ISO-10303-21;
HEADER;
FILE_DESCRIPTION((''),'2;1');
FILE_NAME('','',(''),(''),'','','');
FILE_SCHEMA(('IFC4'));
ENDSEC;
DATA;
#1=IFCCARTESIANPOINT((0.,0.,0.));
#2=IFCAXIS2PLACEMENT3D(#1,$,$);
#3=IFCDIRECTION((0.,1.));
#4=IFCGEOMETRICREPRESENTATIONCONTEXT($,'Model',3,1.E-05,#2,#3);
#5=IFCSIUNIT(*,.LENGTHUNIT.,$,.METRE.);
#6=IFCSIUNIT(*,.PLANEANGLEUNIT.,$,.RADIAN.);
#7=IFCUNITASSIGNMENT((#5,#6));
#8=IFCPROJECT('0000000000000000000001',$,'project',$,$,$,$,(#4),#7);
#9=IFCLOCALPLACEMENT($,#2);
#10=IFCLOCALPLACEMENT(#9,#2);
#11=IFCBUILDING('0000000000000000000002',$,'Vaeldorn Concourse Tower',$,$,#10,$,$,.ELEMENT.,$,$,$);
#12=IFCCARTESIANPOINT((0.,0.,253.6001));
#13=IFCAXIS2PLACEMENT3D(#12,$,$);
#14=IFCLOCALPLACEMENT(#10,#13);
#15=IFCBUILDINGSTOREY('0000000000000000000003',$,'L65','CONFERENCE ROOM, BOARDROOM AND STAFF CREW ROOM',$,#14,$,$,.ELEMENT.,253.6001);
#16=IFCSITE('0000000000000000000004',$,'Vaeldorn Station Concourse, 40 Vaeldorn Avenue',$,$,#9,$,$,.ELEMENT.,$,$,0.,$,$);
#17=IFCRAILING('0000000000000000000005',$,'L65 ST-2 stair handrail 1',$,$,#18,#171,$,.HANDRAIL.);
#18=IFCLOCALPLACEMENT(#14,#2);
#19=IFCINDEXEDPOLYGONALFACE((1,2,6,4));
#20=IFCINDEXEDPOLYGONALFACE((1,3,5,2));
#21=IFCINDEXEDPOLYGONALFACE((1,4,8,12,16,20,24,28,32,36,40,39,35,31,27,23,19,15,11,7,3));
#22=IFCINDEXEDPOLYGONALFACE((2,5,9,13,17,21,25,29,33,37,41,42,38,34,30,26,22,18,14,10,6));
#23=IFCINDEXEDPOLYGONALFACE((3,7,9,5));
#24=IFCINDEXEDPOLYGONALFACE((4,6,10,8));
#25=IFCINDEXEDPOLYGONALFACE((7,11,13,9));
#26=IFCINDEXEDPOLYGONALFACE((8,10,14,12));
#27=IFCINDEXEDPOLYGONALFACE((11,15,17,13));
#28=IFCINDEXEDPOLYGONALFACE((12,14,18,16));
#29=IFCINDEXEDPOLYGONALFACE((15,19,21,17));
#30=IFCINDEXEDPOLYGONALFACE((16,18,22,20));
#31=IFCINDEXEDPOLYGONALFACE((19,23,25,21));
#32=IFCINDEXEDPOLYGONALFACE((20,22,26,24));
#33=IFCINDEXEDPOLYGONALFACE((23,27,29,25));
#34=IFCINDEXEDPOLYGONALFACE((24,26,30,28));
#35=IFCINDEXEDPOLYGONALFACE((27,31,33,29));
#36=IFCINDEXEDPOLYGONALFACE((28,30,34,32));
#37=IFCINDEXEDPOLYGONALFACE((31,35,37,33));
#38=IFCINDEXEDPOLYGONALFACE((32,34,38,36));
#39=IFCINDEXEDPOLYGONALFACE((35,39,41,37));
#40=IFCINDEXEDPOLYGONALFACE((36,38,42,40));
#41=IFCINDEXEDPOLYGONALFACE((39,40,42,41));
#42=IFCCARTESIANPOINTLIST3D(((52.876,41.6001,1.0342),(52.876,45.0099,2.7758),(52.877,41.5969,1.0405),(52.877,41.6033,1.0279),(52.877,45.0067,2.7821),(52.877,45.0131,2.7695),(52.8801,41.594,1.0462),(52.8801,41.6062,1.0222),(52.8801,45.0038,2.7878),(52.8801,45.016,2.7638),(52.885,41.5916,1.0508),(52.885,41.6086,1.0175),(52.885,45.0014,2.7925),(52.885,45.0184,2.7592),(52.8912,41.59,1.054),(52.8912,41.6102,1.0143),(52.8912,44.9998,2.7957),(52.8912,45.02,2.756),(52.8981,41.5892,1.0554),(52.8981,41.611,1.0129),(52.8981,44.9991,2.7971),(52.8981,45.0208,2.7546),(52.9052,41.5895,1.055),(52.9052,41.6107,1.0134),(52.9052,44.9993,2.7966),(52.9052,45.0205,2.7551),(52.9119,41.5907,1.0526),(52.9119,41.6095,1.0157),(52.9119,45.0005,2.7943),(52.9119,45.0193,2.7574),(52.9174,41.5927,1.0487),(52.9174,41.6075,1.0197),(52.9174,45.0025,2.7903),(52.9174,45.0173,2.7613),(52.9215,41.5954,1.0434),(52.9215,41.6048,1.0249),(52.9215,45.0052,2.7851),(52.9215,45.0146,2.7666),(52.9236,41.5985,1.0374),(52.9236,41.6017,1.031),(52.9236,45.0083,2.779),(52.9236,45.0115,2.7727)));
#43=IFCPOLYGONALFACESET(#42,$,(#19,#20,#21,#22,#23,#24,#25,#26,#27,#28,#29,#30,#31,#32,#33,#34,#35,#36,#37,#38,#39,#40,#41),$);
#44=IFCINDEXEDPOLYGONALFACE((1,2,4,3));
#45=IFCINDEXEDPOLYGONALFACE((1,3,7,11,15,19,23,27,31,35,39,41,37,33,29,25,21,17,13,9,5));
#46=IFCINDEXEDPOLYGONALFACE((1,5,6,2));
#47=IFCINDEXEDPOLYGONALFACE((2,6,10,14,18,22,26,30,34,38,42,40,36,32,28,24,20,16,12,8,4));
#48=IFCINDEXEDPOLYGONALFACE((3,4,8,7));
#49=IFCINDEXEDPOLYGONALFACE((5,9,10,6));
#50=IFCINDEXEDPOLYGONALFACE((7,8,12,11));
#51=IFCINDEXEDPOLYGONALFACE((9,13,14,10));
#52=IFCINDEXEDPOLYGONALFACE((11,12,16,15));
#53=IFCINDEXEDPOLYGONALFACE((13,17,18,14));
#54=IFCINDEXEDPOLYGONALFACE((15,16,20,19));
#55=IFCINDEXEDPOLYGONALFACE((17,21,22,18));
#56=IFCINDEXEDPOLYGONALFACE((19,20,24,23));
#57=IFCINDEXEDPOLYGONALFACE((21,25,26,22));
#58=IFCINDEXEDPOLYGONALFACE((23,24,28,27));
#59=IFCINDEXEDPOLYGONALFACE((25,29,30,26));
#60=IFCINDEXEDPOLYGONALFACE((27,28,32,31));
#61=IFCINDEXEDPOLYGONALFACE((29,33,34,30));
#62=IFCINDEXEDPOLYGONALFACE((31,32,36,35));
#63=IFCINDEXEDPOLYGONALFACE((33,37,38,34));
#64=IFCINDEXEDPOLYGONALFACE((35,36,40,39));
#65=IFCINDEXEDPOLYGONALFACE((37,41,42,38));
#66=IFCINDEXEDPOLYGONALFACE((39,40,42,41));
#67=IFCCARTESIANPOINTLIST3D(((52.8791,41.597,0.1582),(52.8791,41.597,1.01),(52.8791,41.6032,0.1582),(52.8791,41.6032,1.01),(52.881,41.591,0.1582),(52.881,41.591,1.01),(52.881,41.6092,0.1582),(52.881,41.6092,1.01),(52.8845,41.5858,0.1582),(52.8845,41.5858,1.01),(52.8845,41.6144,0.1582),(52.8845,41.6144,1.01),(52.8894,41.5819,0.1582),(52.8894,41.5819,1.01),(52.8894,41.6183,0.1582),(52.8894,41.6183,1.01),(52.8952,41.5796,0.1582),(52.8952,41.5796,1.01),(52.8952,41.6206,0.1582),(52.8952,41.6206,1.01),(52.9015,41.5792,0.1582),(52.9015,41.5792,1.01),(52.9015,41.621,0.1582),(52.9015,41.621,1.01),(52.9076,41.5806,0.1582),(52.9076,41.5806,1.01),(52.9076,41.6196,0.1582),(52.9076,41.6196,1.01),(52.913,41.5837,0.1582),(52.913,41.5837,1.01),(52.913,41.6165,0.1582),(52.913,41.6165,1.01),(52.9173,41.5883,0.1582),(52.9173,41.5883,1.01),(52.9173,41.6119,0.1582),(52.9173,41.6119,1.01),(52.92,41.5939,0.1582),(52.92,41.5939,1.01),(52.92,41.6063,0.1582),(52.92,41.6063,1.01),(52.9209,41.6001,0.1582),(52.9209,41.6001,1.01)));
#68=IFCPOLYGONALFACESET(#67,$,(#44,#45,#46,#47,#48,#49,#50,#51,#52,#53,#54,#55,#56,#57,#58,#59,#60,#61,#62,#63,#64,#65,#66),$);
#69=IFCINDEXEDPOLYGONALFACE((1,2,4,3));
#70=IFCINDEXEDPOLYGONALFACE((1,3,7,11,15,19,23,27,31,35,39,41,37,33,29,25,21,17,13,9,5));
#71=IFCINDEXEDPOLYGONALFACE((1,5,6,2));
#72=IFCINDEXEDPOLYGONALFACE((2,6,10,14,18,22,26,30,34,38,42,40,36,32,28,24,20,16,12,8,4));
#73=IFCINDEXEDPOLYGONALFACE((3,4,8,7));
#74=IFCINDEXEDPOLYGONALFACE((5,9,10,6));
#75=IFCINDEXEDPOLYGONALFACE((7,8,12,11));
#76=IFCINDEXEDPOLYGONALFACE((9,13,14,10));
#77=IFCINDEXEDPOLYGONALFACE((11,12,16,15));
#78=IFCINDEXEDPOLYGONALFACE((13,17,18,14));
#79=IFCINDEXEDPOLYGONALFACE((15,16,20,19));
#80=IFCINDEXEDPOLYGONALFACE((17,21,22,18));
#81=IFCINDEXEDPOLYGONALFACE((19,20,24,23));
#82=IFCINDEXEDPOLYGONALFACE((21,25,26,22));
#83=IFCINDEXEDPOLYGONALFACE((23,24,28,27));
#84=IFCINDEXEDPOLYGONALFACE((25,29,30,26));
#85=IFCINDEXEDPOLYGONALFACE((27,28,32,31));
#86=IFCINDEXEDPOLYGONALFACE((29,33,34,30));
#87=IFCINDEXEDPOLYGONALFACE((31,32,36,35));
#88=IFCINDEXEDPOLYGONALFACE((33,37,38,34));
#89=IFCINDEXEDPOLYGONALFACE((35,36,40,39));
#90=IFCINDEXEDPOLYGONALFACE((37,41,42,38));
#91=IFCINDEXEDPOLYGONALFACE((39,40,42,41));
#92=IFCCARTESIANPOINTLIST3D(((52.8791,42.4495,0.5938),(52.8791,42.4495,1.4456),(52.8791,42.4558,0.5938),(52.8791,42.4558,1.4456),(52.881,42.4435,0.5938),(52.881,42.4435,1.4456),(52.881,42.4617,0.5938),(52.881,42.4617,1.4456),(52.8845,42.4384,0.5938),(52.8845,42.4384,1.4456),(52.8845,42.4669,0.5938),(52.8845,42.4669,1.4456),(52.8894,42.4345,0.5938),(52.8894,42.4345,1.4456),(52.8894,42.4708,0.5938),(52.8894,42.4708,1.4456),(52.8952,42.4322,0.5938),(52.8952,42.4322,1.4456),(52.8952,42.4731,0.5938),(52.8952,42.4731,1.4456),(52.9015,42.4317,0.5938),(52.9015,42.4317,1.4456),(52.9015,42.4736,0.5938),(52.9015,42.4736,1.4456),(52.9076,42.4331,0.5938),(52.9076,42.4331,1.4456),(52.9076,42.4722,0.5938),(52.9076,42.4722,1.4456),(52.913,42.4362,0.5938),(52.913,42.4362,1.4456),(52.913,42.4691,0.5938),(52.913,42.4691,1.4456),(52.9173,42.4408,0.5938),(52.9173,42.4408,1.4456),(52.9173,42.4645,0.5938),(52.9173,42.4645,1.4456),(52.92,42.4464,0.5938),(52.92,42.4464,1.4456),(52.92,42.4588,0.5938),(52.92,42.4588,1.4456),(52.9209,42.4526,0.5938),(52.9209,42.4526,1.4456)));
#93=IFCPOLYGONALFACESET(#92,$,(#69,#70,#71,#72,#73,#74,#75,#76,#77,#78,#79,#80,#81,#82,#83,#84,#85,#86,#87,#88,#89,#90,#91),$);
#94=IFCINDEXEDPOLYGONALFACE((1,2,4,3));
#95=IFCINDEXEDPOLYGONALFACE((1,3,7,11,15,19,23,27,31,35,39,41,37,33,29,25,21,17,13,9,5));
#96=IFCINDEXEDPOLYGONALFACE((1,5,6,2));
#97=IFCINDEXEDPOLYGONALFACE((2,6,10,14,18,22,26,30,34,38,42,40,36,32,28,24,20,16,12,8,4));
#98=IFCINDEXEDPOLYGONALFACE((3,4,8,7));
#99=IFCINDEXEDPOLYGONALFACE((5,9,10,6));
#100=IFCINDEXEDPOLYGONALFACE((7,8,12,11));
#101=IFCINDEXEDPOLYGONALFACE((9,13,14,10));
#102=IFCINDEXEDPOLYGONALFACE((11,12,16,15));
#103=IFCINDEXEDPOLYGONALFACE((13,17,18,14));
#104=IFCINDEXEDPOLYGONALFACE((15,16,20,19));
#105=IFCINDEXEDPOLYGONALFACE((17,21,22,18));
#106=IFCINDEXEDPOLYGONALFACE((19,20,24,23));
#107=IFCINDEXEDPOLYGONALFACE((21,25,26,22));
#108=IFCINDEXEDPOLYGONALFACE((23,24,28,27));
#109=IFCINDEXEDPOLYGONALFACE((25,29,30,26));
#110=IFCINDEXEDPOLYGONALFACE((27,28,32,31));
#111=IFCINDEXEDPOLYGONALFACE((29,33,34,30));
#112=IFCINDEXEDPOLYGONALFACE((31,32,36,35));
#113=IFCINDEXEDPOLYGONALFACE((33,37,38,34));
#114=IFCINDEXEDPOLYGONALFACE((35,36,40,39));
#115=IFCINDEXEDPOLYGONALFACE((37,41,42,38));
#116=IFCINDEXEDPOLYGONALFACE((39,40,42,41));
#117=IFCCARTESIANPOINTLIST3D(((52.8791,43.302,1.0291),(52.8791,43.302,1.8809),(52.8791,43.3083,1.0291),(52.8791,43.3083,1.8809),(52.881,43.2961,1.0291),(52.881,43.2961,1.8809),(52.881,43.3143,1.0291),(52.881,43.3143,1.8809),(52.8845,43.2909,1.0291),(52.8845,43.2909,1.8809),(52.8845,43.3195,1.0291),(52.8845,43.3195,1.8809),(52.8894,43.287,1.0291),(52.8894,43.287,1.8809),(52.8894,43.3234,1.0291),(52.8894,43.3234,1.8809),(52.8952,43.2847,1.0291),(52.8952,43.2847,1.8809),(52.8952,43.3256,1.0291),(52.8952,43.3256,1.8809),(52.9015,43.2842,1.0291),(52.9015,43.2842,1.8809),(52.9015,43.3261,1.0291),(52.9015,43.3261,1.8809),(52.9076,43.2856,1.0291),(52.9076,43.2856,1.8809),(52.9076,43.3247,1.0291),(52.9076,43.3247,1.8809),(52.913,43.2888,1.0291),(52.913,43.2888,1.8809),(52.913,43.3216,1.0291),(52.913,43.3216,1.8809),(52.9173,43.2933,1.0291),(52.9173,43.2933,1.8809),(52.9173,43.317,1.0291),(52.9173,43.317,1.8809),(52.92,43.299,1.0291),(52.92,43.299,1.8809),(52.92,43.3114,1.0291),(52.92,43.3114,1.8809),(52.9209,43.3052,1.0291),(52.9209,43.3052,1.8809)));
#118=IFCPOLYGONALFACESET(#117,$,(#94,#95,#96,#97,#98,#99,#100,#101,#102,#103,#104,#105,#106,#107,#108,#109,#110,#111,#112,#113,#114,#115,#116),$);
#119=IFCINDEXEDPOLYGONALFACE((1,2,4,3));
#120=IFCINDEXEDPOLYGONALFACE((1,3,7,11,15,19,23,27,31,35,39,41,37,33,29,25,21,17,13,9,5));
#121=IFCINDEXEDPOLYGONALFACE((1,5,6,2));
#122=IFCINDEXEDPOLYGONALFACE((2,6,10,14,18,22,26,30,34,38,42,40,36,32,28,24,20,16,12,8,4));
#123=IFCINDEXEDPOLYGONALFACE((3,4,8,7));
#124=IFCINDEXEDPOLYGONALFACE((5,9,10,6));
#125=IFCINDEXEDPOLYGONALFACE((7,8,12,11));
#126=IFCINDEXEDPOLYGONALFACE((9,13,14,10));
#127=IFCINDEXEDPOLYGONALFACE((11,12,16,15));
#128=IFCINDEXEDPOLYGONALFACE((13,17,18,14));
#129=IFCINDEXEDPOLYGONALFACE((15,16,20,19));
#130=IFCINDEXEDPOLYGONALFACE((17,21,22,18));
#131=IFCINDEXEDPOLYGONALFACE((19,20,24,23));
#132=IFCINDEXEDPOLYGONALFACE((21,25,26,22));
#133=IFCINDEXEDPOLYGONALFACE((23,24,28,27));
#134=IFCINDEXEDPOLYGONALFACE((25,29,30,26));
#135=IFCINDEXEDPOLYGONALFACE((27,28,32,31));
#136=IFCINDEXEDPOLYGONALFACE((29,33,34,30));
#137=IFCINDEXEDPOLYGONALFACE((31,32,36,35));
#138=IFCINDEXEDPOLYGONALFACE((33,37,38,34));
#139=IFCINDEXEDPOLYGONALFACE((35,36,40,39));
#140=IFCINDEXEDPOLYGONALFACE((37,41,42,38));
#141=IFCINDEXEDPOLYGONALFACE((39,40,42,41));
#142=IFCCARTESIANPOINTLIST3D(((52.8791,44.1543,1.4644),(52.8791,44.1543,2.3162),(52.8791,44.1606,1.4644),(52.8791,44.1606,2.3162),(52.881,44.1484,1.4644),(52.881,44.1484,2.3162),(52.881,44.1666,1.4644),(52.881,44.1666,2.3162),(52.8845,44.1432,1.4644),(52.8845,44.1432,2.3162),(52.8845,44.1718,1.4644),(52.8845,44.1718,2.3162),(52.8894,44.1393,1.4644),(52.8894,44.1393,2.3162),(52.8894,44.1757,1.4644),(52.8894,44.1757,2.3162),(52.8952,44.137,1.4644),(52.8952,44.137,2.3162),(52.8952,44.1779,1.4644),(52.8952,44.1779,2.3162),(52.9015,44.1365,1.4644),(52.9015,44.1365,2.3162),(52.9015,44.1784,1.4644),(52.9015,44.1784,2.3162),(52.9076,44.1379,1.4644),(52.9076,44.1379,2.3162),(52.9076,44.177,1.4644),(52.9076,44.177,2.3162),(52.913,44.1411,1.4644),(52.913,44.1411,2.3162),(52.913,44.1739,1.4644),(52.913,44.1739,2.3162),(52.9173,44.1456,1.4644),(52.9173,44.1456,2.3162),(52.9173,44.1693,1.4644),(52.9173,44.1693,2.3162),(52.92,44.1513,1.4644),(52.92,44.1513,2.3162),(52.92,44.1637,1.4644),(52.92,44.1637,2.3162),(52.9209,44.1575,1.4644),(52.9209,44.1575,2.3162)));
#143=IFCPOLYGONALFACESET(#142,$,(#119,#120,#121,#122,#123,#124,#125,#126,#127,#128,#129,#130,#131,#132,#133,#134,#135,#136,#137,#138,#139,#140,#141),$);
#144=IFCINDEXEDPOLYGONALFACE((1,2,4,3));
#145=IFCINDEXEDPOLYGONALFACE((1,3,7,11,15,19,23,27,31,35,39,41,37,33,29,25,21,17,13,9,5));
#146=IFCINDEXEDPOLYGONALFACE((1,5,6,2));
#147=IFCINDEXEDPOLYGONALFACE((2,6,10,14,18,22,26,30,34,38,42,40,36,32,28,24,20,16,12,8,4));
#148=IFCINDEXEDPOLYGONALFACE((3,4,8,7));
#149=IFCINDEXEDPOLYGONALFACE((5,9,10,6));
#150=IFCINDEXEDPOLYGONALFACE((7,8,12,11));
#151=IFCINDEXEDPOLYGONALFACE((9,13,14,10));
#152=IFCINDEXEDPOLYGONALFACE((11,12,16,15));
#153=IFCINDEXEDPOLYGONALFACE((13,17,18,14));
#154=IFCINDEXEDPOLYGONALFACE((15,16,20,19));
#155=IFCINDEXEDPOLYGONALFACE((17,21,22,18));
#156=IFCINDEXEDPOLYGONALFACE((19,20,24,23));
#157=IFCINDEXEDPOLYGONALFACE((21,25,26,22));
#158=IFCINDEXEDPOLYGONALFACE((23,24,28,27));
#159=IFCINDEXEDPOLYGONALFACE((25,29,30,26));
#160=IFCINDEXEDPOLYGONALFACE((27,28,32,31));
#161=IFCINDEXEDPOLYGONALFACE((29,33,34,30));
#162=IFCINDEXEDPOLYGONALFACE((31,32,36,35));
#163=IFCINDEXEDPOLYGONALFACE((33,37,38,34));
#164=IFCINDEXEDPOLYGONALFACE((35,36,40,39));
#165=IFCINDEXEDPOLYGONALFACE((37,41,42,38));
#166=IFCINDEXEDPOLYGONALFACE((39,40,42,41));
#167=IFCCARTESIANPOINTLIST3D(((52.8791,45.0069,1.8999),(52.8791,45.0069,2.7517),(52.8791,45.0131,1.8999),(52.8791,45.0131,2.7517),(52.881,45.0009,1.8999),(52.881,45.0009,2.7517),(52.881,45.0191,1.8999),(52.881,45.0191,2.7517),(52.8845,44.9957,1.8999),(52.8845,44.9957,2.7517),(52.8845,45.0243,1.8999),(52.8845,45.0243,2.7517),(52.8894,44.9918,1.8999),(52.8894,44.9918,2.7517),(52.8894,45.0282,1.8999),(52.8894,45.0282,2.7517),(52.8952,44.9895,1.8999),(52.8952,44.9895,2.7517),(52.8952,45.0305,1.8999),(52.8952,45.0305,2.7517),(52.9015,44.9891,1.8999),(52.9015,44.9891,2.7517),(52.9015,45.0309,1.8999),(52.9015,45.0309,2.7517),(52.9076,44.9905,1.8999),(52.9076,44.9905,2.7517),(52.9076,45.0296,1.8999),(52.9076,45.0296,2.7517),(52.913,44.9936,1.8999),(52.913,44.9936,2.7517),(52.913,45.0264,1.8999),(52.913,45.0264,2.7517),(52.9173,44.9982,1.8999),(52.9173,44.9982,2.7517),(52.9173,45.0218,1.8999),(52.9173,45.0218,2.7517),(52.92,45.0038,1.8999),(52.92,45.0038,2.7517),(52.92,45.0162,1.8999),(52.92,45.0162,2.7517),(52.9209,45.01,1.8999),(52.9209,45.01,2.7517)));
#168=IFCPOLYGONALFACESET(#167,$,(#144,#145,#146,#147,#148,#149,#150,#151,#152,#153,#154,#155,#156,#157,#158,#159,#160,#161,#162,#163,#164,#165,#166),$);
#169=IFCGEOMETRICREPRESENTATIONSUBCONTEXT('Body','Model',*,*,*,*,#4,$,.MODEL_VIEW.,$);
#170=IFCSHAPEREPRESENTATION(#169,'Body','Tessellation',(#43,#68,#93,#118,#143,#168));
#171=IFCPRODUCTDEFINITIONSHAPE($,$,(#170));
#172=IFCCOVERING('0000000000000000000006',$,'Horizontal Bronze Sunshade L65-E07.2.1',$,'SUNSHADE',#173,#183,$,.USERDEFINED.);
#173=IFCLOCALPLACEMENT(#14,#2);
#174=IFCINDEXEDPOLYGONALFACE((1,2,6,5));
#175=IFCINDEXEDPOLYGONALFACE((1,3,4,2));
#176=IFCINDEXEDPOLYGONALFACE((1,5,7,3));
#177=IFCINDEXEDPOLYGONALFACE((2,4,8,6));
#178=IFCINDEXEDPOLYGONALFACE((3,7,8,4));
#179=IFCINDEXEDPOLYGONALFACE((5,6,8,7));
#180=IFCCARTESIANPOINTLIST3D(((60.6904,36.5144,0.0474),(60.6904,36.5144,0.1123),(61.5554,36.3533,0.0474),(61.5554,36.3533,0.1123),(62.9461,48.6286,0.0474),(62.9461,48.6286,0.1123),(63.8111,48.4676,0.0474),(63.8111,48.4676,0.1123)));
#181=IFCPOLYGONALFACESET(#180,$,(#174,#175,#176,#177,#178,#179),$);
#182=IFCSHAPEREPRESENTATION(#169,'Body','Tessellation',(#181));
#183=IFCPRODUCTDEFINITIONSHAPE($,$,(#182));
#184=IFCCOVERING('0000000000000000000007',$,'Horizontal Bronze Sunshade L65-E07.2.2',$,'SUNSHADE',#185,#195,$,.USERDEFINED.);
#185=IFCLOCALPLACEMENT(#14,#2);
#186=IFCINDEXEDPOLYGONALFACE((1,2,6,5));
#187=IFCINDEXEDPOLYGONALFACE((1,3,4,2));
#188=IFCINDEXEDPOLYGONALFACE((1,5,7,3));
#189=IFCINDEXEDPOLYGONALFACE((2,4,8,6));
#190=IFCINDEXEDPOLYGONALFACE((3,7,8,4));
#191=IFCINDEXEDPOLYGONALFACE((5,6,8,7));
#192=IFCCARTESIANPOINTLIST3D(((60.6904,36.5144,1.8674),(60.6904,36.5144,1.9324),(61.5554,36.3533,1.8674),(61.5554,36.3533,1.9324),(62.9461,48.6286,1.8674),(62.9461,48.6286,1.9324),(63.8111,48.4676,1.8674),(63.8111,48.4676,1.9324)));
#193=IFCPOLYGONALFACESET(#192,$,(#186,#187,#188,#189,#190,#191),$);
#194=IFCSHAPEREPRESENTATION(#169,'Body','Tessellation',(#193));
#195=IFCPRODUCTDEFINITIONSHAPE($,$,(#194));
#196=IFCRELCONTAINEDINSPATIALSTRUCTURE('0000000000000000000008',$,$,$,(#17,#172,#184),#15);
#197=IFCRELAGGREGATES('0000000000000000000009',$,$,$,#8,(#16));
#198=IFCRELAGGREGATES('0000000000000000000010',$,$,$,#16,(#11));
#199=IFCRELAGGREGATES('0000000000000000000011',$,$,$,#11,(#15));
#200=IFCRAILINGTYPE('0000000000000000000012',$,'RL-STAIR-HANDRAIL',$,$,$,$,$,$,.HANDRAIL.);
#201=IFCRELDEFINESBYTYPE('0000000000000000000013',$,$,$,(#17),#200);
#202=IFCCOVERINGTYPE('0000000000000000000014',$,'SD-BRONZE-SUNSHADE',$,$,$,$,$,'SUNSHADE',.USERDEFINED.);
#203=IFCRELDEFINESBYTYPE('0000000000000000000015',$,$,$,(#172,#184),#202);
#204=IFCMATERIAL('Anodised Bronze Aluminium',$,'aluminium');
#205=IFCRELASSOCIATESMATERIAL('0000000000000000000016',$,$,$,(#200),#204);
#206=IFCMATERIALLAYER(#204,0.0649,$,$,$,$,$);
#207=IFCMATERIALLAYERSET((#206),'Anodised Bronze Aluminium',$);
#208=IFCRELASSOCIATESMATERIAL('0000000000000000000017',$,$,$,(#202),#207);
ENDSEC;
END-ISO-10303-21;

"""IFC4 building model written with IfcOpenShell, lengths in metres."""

from ifc_helpers import new_model, si_unit, direction, frame, origin, origin_2d, place, context, subcontext, project, spatial, rectangle, circle, extrude, source, transform, mapped, material, layer, layer_set, type_object, element, save


model = new_model("IFC4")

# Units and contexts
model_context = context("Model", 3, precision=1e-05, world=origin(), true_north=direction((0.0, 1.0)))
body_context = subcontext(model_context, "Body", "Model", "MODEL_VIEW")
ifc_project = project(units=[si_unit("LENGTHUNIT", "METRE"), si_unit("PLANEANGLEUNIT", "RADIAN")], contexts=[model_context])

# Site, building, storey
site_placement = place(None, origin())
site = spatial("IfcSite", under=ifc_project, at=site_placement, Name="Vaeldorn Station Concourse, 40 Vaeldorn Avenue", CompositionType="ELEMENT", RefElevation=0.0)
building_placement = place(site_placement, origin())
building = spatial("IfcBuilding", under=site, at=building_placement, Name="Vaeldorn Concourse Tower", CompositionType="ELEMENT")
storey_placement = place(building_placement, frame((0.0, 0.0, 253.6001)))
storey = spatial("IfcBuildingStorey", under=building, at=storey_placement, Name="L65", Description="CONFERENCE ROOM, BOARDROOM AND STAFF CREW ROOM", CompositionType="ELEMENT", Elevation=253.6001)

# Shared definitions
ifc_material_1 = material(Name="Anodised Bronze Aluminium", Category="aluminium")

# Railing
railing_type_1 = type_object("IfcRailingType", Name="RL-STAIR-HANDRAIL", PredefinedType="HANDRAIL", material=ifc_material_1)
railing_1_placement = place(storey_placement, frame((52.8999, 41.6001, 0.1582)))
element("IfcRailing", 1, at=railing_1_placement, inside=storey, type_object=railing_type_1, Name="L65 ST-2 stair handrail 1", PredefinedType="HANDRAIL", context=body_context, shape_type="SweptSolid", body=[
    extrude(circle(Radius=0.0239, at=origin_2d()), frame((0.0, 0.0, 0.876), z_axis=(0.0, 0.890556, 0.454874), x_axis=(-1.0, 0.0, 0.0)), (0.0, 0.0, 1.0), 3.8289),
    extrude(circle(Radius=0.021, at=origin_2d()), origin(), (0.0, 0.0, 1.0), 0.8518),
    extrude(circle(Radius=0.021, at=origin_2d()), frame((0.0, 0.8525, 0.4355)), (0.0, 0.0, 1.0), 0.8518),
    extrude(circle(Radius=0.021, at=origin_2d()), frame((0.0, 1.7051, 0.8708)), (0.0, 0.0, 1.0), 0.8518),
    extrude(circle(Radius=0.021, at=origin_2d()), frame((0.0, 2.5574, 1.3062)), (0.0, 0.0, 1.0), 0.8518),
    extrude(circle(Radius=0.021, at=origin_2d()), frame((0.0, 3.4099, 1.7417)), (0.0, 0.0, 1.0), 0.8518),
])

# Coverings
ifc_layer_1 = layer(ifc_material_1, 0.0649)
ifc_layer_set_1 = layer_set([ifc_layer_1], Name="Anodised Bronze Aluminium")
covering_type = type_object("IfcCoveringType", Name="SD-BRONZE-SUNSHADE", ElementType="SUNSHADE", PredefinedType="USERDEFINED", material=ifc_layer_set_1)
shared_shape_1 = source(origin(), body_context, "Body", "SweptSolid", [
    extrude(rectangle(XDim=12.3225, YDim=0.8799, at=origin_2d()), origin(), (0.0, 0.0, 1.0), 0.0649),
])
for number, where, z_axis, x_axis, name in (
    (2, (62.2507, 42.491, 0.0474), (0.0, 0.0, 1.0), (0.183059, 0.983102, 0.0), "Horizontal Bronze Sunshade L65-E07.2.1"),
    (3, (62.2507, 42.491, 1.8674), (0.0, 0.0, 1.0), (0.183059, 0.983102, 0.0), "Horizontal Bronze Sunshade L65-E07.2.2"),
):
    element("IfcCovering", number, at=place(storey_placement, frame(where, z_axis=z_axis, x_axis=x_axis)), inside=storey, type_object=covering_type, Name=name, ObjectType="SUNSHADE", PredefinedType="USERDEFINED", context=body_context, shape_type="MappedRepresentation", body=[
        mapped(shared_shape_1, transform((0.0, 0.0, 0.0), scale=1.0)),
    ])

save(model, "model.ifc")
